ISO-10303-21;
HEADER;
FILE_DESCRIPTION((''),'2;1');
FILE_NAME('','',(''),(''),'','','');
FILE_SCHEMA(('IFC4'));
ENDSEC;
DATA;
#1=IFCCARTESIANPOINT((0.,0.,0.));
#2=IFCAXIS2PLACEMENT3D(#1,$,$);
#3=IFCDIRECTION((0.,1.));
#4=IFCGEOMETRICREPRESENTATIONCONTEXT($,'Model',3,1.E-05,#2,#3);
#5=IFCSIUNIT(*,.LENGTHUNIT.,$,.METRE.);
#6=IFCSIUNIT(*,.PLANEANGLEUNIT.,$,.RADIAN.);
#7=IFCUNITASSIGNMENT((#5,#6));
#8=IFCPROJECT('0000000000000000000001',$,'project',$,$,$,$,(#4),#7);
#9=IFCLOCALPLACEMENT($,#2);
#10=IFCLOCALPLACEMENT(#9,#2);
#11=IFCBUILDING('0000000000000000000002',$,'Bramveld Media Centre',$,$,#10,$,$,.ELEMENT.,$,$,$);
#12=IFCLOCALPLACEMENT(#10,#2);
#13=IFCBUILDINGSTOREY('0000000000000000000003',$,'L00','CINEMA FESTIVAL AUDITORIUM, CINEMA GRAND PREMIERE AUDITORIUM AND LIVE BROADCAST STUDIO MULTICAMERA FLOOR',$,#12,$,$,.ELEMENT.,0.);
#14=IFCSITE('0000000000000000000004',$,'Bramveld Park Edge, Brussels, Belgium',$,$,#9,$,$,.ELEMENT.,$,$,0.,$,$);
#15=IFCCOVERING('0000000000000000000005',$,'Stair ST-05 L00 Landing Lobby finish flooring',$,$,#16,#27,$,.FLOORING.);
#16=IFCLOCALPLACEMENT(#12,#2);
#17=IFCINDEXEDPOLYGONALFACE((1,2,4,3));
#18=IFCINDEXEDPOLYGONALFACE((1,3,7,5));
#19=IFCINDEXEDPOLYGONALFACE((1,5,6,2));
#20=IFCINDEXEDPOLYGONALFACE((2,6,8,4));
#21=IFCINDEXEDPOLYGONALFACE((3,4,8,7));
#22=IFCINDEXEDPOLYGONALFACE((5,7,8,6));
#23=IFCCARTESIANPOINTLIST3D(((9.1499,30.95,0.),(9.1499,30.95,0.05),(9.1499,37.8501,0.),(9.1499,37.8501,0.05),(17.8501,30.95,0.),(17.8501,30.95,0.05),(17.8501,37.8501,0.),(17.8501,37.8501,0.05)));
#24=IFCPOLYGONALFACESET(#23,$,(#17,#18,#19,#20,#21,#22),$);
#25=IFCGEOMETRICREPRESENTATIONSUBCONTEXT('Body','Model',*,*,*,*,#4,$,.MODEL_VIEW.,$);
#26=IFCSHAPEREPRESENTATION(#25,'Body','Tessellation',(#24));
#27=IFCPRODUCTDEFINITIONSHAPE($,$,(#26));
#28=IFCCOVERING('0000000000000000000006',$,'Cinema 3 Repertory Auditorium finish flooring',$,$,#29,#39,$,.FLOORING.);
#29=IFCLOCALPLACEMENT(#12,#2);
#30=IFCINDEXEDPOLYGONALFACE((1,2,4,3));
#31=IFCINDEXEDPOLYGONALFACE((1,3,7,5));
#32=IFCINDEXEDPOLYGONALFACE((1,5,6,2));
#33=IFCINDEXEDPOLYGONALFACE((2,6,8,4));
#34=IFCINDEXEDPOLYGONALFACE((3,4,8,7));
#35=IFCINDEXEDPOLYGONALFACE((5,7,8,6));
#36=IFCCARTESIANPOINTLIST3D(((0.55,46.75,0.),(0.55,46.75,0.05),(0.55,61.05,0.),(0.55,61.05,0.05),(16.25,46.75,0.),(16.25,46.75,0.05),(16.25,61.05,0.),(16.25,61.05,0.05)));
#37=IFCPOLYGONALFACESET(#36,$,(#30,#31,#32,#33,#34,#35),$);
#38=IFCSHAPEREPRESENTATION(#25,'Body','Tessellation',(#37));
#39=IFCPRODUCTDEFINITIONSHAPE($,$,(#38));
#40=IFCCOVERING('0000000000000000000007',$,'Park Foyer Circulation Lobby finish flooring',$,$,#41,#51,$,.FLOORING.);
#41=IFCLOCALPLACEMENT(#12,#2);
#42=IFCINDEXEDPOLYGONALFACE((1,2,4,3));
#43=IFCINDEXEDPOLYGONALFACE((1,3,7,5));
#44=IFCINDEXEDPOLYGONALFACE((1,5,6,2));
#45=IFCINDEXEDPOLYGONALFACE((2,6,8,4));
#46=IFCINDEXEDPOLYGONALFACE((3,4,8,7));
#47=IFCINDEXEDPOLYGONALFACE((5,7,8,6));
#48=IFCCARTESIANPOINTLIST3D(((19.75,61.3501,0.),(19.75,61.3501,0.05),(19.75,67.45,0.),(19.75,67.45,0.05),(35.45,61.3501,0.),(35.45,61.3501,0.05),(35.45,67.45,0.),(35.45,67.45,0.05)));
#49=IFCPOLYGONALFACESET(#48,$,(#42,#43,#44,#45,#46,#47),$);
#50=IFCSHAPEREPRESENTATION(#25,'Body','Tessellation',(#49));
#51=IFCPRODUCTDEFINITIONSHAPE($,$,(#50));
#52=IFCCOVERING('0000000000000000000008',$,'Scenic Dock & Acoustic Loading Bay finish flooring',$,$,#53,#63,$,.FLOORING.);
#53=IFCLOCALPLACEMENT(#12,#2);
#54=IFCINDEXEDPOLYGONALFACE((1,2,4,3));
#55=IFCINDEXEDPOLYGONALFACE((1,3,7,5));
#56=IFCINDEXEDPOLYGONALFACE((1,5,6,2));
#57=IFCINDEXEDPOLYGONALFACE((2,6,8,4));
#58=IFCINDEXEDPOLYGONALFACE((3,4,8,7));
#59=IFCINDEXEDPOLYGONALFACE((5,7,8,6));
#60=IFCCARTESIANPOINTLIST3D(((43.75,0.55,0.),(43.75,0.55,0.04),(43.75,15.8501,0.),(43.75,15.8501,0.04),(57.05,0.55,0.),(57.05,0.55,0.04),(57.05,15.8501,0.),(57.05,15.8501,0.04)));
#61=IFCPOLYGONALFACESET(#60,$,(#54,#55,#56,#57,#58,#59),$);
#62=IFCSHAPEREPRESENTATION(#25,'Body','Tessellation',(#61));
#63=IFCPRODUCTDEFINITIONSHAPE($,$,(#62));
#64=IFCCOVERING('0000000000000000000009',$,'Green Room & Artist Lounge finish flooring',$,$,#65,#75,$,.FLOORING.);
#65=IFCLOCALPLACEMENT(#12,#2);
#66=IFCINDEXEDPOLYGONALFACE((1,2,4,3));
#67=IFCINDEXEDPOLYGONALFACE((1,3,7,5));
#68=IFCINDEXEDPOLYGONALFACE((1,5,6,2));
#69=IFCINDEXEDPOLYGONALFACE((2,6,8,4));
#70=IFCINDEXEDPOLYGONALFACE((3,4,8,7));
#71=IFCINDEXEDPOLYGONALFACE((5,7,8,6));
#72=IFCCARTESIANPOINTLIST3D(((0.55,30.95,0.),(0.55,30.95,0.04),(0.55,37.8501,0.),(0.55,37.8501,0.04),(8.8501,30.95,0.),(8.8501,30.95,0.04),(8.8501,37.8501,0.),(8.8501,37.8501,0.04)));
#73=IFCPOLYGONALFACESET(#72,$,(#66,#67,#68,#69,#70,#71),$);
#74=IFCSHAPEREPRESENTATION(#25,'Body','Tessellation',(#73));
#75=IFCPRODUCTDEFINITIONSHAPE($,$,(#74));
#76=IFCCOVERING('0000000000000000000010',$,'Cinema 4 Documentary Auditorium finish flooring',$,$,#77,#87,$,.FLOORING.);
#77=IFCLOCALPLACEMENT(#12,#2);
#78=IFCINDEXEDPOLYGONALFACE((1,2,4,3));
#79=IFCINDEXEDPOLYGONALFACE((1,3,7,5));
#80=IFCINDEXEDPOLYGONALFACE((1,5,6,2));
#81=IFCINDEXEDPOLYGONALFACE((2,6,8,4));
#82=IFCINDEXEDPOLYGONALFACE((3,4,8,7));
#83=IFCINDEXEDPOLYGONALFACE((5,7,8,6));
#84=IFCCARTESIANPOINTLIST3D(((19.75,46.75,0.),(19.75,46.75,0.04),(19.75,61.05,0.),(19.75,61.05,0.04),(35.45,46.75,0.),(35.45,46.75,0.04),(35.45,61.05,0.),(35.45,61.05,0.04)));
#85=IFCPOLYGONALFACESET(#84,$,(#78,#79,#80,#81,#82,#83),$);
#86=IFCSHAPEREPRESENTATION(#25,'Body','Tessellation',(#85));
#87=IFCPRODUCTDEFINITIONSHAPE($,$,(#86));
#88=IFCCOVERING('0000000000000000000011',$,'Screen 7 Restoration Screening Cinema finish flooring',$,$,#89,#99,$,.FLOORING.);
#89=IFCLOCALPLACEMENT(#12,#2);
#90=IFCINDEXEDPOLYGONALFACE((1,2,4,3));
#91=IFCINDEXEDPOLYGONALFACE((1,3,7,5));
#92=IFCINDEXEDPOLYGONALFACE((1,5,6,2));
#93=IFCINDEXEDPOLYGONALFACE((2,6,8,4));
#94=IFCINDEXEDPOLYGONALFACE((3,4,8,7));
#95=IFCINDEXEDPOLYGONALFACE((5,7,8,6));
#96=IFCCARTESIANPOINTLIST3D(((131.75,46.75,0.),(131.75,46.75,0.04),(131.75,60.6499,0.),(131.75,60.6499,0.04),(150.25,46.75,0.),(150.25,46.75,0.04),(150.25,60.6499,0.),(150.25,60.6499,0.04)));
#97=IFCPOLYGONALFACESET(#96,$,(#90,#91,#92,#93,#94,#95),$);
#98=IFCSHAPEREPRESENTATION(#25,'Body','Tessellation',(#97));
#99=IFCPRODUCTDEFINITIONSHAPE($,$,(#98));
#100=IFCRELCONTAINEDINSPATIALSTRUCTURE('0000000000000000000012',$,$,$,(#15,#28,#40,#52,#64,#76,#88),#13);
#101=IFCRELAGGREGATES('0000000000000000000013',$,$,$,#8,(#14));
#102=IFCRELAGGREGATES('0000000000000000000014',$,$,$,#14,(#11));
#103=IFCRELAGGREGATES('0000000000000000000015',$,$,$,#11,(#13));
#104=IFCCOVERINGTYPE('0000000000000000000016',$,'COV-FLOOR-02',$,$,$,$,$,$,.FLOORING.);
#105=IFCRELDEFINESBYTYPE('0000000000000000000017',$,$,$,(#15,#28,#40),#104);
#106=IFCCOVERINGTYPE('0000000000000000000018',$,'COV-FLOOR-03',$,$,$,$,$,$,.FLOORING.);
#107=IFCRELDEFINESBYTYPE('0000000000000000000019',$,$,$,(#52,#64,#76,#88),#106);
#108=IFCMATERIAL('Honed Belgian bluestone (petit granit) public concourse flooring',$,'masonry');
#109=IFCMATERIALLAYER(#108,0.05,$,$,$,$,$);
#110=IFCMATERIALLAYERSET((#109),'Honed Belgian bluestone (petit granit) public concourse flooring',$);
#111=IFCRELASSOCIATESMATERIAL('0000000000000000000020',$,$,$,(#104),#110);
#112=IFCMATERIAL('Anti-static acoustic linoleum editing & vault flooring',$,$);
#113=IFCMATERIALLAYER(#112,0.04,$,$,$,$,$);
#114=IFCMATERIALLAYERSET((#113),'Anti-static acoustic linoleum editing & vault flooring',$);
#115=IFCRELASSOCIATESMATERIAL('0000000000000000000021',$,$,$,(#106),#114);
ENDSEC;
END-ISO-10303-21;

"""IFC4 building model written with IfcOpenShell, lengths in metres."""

from ifc_helpers import new_model, si_unit, direction, origin, place, context, subcontext, project, spatial, polyline, outline, extrude, material, layer, layer_set, type_object, element, save


model = new_model("IFC4")

# Units and contexts
model_context = context("Model", 3, precision=1e-05, world=origin(), true_north=direction((0.0, 1.0)))
body_context = subcontext(model_context, "Body", "Model", "MODEL_VIEW")
ifc_project = project(units=[si_unit("LENGTHUNIT", "METRE"), si_unit("PLANEANGLEUNIT", "RADIAN")], contexts=[model_context])

# Site, building, storey
site_placement = place(None, origin())
site = spatial("IfcSite", under=ifc_project, at=site_placement, Name="Bramveld Park Edge, Brussels, Belgium", CompositionType="ELEMENT", RefElevation=0.0)
building_placement = place(site_placement, origin())
building = spatial("IfcBuilding", under=site, at=building_placement, Name="Bramveld Media Centre", CompositionType="ELEMENT")
storey_placement = place(building_placement, origin())
storey = spatial("IfcBuildingStorey", under=building, at=storey_placement, Name="L00", Description="CINEMA FESTIVAL AUDITORIUM, CINEMA GRAND PREMIERE AUDITORIUM AND LIVE BROADCAST STUDIO MULTICAMERA FLOOR", CompositionType="ELEMENT", Elevation=0.0)

# Coverings
ifc_material_1 = material(Name="Honed Belgian bluestone (petit granit) public concourse flooring", Category="masonry")
ifc_layer_1 = layer(ifc_material_1, 0.05)
ifc_layer_set_1 = layer_set([ifc_layer_1], Name="Honed Belgian bluestone (petit granit) public concourse flooring")
covering_type_1 = type_object("IfcCoveringType", Name="COV-FLOOR-02", PredefinedType="FLOORING", material=ifc_layer_set_1)
covering_1_placement = place(storey_placement, origin())
element("IfcCovering", 1, at=covering_1_placement, inside=storey, type_object=covering_type_1, Name="Stair ST-05 L00 Landing Lobby finish flooring", PredefinedType="FLOORING", context=body_context, shape_type="SweptSolid", body=[
    extrude(outline(polyline([(9.1499, 30.95), (17.8501, 30.95), (17.8501, 37.8501), (9.1499, 37.8501), (9.1499, 30.95)])), origin(), (0.0, 0.0, 1.0), 0.05),
])
covering_2_placement = place(storey_placement, origin())
element("IfcCovering", 2, at=covering_2_placement, inside=storey, type_object=covering_type_1, Name="Cinema 3 Repertory Auditorium finish flooring", PredefinedType="FLOORING", context=body_context, shape_type="SweptSolid", body=[
    extrude(outline(polyline([(0.55, 46.75), (16.25, 46.75), (16.25, 61.05), (0.55, 61.05), (0.55, 46.75)])), origin(), (0.0, 0.0, 1.0), 0.05),
])
covering_3_placement = place(storey_placement, origin())
element("IfcCovering", 3, at=covering_3_placement, inside=storey, type_object=covering_type_1, Name="Park Foyer Circulation Lobby finish flooring", PredefinedType="FLOORING", context=body_context, shape_type="SweptSolid", body=[
    extrude(outline(polyline([(19.75, 61.3501), (35.45, 61.3501), (35.45, 67.45), (19.75, 67.45), (19.75, 61.3501)])), origin(), (0.0, 0.0, 1.0), 0.05),
])
ifc_material_2 = material(Name="Anti-static acoustic linoleum editing & vault flooring")
ifc_layer_2 = layer(ifc_material_2, 0.04)
ifc_layer_set_2 = layer_set([ifc_layer_2], Name="Anti-static acoustic linoleum editing & vault flooring")
covering_type_2 = type_object("IfcCoveringType", Name="COV-FLOOR-03", PredefinedType="FLOORING", material=ifc_layer_set_2)
covering_4_placement = place(storey_placement, origin())
element("IfcCovering", 4, at=covering_4_placement, inside=storey, type_object=covering_type_2, Name="Scenic Dock & Acoustic Loading Bay finish flooring", PredefinedType="FLOORING", context=body_context, shape_type="SweptSolid", body=[
    extrude(outline(polyline([(43.75, 0.55), (57.05, 0.55), (57.05, 15.8501), (43.75, 15.8501), (43.75, 0.55)])), origin(), (0.0, 0.0, 1.0), 0.04),
])
covering_5_placement = place(storey_placement, origin())
element("IfcCovering", 5, at=covering_5_placement, inside=storey, type_object=covering_type_2, Name="Green Room & Artist Lounge finish flooring", PredefinedType="FLOORING", context=body_context, shape_type="SweptSolid", body=[
    extrude(outline(polyline([(0.55, 30.95), (8.8501, 30.95), (8.8501, 37.8501), (0.55, 37.8501), (0.55, 30.95)])), origin(), (0.0, 0.0, 1.0), 0.04),
])
covering_6_placement = place(storey_placement, origin())
element("IfcCovering", 6, at=covering_6_placement, inside=storey, type_object=covering_type_2, Name="Cinema 4 Documentary Auditorium finish flooring", PredefinedType="FLOORING", context=body_context, shape_type="SweptSolid", body=[
    extrude(outline(polyline([(19.75, 46.75), (35.45, 46.75), (35.45, 61.05), (19.75, 61.05), (19.75, 46.75)])), origin(), (0.0, 0.0, 1.0), 0.04),
])
covering_7_placement = place(storey_placement, origin())
element("IfcCovering", 7, at=covering_7_placement, inside=storey, type_object=covering_type_2, Name="Screen 7 Restoration Screening Cinema finish flooring", PredefinedType="FLOORING", context=body_context, shape_type="SweptSolid", body=[
    extrude(outline(polyline([(131.75, 46.75), (150.25, 46.75), (150.25, 60.6499), (131.75, 60.6499), (131.75, 46.75)])), origin(), (0.0, 0.0, 1.0), 0.04),
])

save(model, "model.ifc")
